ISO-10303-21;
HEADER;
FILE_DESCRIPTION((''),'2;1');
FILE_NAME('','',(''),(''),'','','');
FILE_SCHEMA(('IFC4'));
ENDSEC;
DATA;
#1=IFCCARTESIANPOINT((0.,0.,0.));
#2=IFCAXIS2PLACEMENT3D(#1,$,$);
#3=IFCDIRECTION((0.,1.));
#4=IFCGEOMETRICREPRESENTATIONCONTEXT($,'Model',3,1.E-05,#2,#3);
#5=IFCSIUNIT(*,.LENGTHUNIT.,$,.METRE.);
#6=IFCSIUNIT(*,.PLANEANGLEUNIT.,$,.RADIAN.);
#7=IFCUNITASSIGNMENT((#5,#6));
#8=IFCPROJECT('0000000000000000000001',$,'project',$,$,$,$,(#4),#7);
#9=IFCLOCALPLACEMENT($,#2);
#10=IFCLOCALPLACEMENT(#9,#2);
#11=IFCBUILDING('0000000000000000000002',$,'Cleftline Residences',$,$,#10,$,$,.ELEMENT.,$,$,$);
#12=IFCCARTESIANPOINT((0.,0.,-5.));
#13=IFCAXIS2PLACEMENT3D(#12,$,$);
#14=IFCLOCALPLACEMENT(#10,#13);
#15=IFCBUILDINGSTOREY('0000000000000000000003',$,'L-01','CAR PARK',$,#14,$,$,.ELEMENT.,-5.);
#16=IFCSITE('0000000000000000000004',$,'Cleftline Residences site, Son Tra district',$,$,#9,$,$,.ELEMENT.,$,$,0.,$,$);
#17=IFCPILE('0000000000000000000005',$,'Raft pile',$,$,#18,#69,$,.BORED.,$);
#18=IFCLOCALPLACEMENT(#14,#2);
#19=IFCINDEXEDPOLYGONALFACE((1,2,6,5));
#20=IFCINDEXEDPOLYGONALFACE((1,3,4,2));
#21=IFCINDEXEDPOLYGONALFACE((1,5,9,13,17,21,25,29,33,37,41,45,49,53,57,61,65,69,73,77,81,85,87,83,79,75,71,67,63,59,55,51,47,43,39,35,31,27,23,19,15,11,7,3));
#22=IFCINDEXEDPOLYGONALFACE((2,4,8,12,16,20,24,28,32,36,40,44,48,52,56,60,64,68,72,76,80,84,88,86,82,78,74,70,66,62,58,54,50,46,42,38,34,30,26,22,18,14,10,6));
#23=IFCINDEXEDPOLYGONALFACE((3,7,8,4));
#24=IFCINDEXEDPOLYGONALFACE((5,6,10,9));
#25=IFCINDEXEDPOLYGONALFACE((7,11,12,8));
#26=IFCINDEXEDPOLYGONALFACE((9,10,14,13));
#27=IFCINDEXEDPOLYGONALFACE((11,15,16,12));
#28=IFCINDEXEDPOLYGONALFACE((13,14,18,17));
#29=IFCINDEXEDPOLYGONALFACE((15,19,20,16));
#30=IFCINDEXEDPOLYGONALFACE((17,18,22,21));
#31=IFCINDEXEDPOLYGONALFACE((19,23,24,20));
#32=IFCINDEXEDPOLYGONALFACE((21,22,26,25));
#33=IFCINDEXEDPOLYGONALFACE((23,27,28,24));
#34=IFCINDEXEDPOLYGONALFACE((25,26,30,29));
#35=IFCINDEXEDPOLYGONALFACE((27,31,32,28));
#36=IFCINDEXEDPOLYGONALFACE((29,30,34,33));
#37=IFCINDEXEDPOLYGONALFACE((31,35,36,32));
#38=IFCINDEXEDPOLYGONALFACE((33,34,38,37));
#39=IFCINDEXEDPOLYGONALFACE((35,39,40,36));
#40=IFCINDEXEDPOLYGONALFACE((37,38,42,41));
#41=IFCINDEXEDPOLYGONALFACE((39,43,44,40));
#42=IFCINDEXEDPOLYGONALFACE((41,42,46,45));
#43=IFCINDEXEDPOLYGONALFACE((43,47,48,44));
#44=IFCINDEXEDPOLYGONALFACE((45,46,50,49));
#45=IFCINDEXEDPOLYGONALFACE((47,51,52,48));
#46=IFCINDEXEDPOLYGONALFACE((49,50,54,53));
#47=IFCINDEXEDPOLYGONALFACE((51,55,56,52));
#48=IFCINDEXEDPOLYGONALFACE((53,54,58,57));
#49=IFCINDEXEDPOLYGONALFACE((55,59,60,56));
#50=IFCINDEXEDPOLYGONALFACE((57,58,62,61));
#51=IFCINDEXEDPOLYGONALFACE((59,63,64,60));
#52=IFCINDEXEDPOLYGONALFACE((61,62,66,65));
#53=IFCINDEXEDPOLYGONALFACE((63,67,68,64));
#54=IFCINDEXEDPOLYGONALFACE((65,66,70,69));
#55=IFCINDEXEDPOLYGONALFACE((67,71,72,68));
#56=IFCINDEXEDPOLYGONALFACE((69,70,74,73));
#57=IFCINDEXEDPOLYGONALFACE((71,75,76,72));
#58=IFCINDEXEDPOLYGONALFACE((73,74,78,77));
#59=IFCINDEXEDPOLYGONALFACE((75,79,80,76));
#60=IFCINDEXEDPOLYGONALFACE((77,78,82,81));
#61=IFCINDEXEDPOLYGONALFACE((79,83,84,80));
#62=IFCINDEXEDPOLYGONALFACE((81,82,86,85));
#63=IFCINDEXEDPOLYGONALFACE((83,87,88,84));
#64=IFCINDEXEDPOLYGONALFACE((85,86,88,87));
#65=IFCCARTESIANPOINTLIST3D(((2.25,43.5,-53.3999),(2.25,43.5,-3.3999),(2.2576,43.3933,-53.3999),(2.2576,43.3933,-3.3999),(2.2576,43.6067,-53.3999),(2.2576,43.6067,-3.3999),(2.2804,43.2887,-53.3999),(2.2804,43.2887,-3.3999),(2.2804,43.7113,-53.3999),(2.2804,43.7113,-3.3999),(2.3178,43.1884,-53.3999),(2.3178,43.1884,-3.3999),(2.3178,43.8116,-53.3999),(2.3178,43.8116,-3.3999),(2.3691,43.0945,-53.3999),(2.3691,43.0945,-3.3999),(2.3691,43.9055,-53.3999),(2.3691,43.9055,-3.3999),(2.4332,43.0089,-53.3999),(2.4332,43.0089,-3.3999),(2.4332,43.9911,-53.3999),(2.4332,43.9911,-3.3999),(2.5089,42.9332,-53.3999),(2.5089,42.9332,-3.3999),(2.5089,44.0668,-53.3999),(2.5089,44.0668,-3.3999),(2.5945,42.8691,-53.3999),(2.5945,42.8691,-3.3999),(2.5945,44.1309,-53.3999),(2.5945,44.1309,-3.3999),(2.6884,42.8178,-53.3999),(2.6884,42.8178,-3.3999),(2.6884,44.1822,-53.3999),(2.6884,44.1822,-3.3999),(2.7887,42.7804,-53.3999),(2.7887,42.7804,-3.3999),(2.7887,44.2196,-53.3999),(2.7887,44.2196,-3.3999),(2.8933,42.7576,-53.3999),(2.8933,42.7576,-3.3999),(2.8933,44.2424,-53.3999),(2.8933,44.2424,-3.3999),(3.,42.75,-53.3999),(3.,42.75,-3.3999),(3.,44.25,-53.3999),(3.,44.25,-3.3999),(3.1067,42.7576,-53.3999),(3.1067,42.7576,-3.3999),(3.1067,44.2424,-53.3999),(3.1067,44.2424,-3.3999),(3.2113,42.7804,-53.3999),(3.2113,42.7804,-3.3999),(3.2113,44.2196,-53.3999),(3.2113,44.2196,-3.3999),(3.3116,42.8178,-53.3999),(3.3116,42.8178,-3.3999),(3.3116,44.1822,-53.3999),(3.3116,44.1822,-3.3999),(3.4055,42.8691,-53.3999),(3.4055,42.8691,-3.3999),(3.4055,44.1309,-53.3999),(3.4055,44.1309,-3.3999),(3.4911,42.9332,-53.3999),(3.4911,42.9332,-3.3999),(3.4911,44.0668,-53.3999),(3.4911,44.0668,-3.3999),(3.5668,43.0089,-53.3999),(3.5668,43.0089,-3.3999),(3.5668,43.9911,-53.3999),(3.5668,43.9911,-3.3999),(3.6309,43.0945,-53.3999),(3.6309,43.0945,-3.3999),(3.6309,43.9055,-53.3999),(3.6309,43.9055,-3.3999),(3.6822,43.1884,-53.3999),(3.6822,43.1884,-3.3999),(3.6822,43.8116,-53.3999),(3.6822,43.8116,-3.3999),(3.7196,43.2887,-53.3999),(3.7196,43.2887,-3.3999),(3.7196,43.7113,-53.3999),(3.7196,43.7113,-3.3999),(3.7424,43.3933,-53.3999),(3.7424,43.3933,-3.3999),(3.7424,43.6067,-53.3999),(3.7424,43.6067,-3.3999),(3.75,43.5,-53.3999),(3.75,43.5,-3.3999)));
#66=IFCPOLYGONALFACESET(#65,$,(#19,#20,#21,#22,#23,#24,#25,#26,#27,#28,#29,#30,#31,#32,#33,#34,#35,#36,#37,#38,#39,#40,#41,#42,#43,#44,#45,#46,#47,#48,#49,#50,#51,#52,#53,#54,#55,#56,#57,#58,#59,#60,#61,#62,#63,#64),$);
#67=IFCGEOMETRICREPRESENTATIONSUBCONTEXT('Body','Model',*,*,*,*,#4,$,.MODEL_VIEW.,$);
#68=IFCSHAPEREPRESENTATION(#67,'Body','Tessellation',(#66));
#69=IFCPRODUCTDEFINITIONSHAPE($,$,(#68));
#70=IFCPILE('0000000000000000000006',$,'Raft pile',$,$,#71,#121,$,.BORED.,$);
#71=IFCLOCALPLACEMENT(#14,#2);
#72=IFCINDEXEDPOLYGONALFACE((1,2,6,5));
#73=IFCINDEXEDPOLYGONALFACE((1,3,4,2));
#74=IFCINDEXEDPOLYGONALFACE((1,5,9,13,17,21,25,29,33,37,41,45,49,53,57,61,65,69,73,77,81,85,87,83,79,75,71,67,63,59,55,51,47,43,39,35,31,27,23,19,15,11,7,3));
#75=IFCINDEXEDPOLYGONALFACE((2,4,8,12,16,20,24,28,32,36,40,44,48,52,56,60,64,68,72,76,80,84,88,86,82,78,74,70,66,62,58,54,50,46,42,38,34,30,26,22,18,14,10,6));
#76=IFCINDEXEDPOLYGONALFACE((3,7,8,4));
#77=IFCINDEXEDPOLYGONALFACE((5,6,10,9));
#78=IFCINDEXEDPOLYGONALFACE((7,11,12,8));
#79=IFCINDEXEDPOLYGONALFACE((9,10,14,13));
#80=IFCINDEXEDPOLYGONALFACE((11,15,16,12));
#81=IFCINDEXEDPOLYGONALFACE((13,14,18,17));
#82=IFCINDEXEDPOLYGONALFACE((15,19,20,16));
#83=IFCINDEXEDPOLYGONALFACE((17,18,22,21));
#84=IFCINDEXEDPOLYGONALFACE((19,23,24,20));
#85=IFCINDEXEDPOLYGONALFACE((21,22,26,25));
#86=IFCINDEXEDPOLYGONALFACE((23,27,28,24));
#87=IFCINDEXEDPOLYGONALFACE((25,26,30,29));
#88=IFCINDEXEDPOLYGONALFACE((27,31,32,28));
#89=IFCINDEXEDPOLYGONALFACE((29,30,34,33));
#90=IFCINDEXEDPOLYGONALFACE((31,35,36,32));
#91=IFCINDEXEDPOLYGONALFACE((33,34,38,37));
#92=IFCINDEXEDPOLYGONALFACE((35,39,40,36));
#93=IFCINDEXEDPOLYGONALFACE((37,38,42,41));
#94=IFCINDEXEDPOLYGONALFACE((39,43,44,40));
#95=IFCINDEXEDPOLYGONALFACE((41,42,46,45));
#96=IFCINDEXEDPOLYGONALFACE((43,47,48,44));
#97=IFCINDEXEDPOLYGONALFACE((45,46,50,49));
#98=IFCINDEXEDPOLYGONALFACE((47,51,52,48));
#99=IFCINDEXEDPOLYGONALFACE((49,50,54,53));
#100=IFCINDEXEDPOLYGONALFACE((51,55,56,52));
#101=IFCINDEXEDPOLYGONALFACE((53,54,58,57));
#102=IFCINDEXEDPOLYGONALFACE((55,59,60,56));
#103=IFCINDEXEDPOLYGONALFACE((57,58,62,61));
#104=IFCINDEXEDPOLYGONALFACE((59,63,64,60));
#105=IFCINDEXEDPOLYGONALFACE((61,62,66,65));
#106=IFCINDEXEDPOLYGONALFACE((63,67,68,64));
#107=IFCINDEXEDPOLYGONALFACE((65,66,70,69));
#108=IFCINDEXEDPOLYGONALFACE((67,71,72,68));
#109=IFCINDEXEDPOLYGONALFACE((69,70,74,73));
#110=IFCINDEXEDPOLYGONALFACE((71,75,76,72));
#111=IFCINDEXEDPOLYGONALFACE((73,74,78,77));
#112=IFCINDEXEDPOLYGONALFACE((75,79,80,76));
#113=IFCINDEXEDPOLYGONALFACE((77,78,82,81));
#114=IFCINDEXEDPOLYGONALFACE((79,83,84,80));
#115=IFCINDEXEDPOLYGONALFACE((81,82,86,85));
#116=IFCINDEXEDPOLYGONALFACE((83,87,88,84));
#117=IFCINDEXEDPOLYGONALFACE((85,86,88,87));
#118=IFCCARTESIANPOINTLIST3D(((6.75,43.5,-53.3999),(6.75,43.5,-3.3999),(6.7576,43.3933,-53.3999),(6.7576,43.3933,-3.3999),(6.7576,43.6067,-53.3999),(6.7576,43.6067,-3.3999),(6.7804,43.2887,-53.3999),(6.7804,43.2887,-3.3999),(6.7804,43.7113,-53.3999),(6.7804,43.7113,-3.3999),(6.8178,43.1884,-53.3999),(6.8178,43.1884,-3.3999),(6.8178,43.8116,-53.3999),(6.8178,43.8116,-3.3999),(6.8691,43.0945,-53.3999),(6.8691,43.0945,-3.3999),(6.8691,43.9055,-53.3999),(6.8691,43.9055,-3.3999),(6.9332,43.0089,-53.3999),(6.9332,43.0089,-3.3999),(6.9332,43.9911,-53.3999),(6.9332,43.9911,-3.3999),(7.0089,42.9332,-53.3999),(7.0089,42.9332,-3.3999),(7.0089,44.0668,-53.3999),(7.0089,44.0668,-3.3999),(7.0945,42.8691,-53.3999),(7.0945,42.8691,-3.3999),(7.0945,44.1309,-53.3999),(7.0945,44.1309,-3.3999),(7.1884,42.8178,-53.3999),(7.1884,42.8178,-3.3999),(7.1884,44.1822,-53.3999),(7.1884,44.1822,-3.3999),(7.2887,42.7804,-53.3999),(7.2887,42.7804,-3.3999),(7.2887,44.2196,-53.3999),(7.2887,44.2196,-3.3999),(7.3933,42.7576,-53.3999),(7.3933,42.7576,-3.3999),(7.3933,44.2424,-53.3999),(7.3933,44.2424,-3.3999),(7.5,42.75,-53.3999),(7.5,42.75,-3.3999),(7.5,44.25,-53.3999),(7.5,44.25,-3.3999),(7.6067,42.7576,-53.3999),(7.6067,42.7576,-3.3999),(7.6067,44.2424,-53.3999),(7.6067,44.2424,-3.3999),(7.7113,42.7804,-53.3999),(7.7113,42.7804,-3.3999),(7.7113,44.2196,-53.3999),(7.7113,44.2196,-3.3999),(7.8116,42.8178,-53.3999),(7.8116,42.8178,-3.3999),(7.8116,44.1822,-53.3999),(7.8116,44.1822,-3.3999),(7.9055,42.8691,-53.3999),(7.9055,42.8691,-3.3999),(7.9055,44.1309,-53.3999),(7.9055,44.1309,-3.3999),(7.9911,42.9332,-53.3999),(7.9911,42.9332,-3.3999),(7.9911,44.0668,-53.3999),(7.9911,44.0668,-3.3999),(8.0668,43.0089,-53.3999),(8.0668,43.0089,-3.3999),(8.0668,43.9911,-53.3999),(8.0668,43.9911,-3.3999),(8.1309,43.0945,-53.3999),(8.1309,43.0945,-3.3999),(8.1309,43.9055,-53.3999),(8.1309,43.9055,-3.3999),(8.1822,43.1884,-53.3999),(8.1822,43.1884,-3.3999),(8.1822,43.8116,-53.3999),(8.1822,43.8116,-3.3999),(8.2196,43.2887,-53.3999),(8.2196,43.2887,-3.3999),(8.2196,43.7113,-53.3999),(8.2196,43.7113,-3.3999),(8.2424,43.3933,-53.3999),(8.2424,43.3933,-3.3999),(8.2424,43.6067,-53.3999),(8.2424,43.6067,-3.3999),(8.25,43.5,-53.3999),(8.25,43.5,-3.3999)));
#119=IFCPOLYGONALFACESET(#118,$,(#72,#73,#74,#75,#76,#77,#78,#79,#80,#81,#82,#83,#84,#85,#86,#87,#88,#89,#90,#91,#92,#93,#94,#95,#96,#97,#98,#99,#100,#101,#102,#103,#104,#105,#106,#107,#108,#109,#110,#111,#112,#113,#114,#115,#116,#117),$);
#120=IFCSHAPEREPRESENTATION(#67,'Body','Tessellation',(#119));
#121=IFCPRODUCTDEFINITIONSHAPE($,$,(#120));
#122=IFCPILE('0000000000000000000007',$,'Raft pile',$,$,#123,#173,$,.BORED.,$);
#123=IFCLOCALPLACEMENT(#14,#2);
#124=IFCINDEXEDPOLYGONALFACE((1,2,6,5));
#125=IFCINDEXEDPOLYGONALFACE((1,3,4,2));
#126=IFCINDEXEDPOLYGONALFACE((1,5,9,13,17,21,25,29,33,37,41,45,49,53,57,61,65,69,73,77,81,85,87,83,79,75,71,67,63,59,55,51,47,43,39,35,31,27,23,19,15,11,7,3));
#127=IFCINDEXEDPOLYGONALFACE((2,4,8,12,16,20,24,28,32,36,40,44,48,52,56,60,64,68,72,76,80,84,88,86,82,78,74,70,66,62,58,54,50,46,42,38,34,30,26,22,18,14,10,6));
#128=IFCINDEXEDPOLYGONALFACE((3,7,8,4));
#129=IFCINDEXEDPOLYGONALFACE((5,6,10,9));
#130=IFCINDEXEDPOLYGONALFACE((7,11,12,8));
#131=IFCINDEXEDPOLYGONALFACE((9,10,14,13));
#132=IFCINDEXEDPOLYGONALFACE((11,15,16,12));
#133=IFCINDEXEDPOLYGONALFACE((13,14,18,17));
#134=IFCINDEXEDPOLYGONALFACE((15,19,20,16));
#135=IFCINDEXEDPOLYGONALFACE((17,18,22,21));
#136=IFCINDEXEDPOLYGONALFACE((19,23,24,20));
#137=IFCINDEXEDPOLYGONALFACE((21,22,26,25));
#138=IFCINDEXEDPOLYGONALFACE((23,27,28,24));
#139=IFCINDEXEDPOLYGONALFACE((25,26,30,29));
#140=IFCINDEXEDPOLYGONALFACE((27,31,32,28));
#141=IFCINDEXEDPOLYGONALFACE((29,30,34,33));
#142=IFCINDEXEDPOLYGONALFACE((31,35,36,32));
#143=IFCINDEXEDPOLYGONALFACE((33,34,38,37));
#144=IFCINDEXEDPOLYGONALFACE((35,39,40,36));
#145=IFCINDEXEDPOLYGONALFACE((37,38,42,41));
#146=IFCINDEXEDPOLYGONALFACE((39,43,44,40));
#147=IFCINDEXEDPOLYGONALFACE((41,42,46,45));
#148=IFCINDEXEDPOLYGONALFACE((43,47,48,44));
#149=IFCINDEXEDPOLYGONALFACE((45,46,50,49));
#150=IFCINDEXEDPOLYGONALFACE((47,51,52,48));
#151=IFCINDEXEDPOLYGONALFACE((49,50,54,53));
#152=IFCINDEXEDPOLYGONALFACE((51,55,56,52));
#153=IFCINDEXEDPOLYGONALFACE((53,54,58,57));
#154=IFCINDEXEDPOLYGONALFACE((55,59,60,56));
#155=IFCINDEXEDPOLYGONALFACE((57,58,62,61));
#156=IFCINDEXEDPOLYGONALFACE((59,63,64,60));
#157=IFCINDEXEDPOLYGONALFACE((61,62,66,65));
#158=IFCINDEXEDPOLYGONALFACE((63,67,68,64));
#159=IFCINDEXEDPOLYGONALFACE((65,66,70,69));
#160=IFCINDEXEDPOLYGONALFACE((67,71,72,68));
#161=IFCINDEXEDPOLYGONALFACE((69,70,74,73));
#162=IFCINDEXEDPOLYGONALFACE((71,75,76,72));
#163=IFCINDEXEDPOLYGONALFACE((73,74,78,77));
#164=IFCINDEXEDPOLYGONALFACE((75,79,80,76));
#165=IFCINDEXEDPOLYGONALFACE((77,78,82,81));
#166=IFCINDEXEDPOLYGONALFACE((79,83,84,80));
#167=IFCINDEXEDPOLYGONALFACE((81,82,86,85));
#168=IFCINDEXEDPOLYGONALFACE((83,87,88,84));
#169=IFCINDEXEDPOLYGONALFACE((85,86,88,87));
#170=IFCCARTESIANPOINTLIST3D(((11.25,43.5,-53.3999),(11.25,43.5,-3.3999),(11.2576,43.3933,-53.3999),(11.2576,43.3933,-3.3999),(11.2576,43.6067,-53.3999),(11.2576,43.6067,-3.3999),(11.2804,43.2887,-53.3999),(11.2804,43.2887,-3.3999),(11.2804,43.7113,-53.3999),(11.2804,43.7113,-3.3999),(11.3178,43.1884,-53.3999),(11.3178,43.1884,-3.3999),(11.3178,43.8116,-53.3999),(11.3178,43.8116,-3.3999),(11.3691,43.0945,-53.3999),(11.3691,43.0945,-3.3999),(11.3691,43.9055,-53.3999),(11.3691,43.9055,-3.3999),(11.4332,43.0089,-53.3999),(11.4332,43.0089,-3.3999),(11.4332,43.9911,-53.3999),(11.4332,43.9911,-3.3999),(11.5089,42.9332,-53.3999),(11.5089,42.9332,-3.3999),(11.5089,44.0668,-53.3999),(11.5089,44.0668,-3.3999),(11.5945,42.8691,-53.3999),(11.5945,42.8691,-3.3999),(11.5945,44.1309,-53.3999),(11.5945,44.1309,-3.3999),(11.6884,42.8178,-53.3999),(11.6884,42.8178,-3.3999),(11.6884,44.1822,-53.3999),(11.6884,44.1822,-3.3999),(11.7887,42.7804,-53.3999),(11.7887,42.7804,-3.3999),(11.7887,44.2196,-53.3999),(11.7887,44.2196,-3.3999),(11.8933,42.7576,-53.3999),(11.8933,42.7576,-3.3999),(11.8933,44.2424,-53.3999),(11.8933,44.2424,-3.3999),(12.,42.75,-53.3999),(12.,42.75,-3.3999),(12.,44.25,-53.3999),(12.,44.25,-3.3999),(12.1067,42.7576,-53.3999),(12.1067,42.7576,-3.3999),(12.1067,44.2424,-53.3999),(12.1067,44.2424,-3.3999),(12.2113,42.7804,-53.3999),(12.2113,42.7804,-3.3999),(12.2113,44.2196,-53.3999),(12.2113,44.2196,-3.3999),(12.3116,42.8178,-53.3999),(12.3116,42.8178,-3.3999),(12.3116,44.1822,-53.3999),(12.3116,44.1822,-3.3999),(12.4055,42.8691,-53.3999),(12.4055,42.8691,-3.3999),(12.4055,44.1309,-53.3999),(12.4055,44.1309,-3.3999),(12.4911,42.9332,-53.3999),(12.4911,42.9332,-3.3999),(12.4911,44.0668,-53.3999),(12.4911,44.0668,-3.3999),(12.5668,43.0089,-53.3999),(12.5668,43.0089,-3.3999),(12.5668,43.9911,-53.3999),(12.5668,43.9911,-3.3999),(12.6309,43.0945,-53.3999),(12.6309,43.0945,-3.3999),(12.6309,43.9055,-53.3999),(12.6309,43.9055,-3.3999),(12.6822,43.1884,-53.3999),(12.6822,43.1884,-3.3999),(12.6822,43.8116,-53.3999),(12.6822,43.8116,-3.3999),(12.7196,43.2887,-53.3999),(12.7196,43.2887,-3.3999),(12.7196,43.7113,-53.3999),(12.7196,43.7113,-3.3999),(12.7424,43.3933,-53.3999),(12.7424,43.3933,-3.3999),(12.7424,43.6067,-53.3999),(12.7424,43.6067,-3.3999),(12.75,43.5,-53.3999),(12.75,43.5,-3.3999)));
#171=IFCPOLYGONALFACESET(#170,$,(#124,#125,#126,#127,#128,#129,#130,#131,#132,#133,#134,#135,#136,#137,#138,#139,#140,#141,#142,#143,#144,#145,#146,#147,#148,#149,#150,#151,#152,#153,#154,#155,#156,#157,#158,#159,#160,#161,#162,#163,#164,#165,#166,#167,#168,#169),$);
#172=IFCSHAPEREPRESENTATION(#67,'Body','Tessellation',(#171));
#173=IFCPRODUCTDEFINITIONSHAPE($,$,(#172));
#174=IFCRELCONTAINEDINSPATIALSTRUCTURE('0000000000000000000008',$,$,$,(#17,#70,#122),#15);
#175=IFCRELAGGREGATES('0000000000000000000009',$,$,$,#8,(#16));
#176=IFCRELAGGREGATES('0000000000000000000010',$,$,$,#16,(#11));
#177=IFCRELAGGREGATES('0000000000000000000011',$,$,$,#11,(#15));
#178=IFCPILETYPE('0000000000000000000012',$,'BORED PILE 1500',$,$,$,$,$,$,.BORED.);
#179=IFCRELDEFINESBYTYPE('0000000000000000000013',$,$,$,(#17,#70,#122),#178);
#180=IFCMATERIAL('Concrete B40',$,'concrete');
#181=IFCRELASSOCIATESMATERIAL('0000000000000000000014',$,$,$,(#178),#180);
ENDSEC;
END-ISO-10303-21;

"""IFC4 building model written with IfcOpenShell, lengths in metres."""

from ifc_helpers import new_model, si_unit, direction, frame, origin, origin_2d, place, context, subcontext, project, spatial, circle, extrude, material, material_profile, profile_set, type_object, element, save


model = new_model("IFC4")

# Units and contexts
model_context = context("Model", 3, precision=1e-05, world=origin(), true_north=direction((0.0, 1.0)))
body_context = subcontext(model_context, "Body", "Model", "MODEL_VIEW")
ifc_project = project(units=[si_unit("LENGTHUNIT", "METRE"), si_unit("PLANEANGLEUNIT", "RADIAN")], contexts=[model_context])

# Site, building, storey
site_placement = place(None, origin())
site = spatial("IfcSite", under=ifc_project, at=site_placement, Name="Cleftline Residences site, Son Tra district", CompositionType="ELEMENT", RefElevation=0.0)
building_placement = place(site_placement, origin())
building = spatial("IfcBuilding", under=site, at=building_placement, Name="Cleftline Residences", CompositionType="ELEMENT")
storey_placement = place(building_placement, frame((0.0, 0.0, -5.0)))
storey = spatial("IfcBuildingStorey", under=building, at=storey_placement, Name="L-01", Description="CAR PARK", CompositionType="ELEMENT", Elevation=-5.0)

# Piles
ifc_material_1 = material(Name="Concrete B40", Category="concrete")
ifc_material_profile_1 = material_profile(ifc_material_1, circle(Radius=0.75, at=origin_2d()))
ifc_profile_set_1 = profile_set([ifc_material_profile_1], Name="Concrete B40")
pile_type_1 = type_object("IfcPileType", Name="BORED PILE 1500", PredefinedType="BORED", material=ifc_profile_set_1)
for number, where, z_axis, x_axis, name in (
    (1, (3.0, 43.5, -3.3999), (0.0, 0.0, -1.0), (1.0, 0.0, 0.0), "Raft pile"),
    (2, (7.5, 43.5, -3.3999), (0.0, 0.0, -1.0), (1.0, 0.0, 0.0), "Raft pile"),
    (3, (12.0, 43.5, -3.3999), (0.0, 0.0, -1.0), (1.0, 0.0, 0.0), "Raft pile"),
):
    element("IfcPile", number, at=place(storey_placement, frame(where, z_axis=z_axis, x_axis=x_axis)), inside=storey, type_object=pile_type_1, Name=name, PredefinedType="BORED", context=body_context, shape_type="SweptSolid", body=[
        extrude(circle(Radius=0.75, at=origin_2d()), origin(), (0.0, 0.0, 1.0), 50.0),
    ])

save(model, "model.ifc")
